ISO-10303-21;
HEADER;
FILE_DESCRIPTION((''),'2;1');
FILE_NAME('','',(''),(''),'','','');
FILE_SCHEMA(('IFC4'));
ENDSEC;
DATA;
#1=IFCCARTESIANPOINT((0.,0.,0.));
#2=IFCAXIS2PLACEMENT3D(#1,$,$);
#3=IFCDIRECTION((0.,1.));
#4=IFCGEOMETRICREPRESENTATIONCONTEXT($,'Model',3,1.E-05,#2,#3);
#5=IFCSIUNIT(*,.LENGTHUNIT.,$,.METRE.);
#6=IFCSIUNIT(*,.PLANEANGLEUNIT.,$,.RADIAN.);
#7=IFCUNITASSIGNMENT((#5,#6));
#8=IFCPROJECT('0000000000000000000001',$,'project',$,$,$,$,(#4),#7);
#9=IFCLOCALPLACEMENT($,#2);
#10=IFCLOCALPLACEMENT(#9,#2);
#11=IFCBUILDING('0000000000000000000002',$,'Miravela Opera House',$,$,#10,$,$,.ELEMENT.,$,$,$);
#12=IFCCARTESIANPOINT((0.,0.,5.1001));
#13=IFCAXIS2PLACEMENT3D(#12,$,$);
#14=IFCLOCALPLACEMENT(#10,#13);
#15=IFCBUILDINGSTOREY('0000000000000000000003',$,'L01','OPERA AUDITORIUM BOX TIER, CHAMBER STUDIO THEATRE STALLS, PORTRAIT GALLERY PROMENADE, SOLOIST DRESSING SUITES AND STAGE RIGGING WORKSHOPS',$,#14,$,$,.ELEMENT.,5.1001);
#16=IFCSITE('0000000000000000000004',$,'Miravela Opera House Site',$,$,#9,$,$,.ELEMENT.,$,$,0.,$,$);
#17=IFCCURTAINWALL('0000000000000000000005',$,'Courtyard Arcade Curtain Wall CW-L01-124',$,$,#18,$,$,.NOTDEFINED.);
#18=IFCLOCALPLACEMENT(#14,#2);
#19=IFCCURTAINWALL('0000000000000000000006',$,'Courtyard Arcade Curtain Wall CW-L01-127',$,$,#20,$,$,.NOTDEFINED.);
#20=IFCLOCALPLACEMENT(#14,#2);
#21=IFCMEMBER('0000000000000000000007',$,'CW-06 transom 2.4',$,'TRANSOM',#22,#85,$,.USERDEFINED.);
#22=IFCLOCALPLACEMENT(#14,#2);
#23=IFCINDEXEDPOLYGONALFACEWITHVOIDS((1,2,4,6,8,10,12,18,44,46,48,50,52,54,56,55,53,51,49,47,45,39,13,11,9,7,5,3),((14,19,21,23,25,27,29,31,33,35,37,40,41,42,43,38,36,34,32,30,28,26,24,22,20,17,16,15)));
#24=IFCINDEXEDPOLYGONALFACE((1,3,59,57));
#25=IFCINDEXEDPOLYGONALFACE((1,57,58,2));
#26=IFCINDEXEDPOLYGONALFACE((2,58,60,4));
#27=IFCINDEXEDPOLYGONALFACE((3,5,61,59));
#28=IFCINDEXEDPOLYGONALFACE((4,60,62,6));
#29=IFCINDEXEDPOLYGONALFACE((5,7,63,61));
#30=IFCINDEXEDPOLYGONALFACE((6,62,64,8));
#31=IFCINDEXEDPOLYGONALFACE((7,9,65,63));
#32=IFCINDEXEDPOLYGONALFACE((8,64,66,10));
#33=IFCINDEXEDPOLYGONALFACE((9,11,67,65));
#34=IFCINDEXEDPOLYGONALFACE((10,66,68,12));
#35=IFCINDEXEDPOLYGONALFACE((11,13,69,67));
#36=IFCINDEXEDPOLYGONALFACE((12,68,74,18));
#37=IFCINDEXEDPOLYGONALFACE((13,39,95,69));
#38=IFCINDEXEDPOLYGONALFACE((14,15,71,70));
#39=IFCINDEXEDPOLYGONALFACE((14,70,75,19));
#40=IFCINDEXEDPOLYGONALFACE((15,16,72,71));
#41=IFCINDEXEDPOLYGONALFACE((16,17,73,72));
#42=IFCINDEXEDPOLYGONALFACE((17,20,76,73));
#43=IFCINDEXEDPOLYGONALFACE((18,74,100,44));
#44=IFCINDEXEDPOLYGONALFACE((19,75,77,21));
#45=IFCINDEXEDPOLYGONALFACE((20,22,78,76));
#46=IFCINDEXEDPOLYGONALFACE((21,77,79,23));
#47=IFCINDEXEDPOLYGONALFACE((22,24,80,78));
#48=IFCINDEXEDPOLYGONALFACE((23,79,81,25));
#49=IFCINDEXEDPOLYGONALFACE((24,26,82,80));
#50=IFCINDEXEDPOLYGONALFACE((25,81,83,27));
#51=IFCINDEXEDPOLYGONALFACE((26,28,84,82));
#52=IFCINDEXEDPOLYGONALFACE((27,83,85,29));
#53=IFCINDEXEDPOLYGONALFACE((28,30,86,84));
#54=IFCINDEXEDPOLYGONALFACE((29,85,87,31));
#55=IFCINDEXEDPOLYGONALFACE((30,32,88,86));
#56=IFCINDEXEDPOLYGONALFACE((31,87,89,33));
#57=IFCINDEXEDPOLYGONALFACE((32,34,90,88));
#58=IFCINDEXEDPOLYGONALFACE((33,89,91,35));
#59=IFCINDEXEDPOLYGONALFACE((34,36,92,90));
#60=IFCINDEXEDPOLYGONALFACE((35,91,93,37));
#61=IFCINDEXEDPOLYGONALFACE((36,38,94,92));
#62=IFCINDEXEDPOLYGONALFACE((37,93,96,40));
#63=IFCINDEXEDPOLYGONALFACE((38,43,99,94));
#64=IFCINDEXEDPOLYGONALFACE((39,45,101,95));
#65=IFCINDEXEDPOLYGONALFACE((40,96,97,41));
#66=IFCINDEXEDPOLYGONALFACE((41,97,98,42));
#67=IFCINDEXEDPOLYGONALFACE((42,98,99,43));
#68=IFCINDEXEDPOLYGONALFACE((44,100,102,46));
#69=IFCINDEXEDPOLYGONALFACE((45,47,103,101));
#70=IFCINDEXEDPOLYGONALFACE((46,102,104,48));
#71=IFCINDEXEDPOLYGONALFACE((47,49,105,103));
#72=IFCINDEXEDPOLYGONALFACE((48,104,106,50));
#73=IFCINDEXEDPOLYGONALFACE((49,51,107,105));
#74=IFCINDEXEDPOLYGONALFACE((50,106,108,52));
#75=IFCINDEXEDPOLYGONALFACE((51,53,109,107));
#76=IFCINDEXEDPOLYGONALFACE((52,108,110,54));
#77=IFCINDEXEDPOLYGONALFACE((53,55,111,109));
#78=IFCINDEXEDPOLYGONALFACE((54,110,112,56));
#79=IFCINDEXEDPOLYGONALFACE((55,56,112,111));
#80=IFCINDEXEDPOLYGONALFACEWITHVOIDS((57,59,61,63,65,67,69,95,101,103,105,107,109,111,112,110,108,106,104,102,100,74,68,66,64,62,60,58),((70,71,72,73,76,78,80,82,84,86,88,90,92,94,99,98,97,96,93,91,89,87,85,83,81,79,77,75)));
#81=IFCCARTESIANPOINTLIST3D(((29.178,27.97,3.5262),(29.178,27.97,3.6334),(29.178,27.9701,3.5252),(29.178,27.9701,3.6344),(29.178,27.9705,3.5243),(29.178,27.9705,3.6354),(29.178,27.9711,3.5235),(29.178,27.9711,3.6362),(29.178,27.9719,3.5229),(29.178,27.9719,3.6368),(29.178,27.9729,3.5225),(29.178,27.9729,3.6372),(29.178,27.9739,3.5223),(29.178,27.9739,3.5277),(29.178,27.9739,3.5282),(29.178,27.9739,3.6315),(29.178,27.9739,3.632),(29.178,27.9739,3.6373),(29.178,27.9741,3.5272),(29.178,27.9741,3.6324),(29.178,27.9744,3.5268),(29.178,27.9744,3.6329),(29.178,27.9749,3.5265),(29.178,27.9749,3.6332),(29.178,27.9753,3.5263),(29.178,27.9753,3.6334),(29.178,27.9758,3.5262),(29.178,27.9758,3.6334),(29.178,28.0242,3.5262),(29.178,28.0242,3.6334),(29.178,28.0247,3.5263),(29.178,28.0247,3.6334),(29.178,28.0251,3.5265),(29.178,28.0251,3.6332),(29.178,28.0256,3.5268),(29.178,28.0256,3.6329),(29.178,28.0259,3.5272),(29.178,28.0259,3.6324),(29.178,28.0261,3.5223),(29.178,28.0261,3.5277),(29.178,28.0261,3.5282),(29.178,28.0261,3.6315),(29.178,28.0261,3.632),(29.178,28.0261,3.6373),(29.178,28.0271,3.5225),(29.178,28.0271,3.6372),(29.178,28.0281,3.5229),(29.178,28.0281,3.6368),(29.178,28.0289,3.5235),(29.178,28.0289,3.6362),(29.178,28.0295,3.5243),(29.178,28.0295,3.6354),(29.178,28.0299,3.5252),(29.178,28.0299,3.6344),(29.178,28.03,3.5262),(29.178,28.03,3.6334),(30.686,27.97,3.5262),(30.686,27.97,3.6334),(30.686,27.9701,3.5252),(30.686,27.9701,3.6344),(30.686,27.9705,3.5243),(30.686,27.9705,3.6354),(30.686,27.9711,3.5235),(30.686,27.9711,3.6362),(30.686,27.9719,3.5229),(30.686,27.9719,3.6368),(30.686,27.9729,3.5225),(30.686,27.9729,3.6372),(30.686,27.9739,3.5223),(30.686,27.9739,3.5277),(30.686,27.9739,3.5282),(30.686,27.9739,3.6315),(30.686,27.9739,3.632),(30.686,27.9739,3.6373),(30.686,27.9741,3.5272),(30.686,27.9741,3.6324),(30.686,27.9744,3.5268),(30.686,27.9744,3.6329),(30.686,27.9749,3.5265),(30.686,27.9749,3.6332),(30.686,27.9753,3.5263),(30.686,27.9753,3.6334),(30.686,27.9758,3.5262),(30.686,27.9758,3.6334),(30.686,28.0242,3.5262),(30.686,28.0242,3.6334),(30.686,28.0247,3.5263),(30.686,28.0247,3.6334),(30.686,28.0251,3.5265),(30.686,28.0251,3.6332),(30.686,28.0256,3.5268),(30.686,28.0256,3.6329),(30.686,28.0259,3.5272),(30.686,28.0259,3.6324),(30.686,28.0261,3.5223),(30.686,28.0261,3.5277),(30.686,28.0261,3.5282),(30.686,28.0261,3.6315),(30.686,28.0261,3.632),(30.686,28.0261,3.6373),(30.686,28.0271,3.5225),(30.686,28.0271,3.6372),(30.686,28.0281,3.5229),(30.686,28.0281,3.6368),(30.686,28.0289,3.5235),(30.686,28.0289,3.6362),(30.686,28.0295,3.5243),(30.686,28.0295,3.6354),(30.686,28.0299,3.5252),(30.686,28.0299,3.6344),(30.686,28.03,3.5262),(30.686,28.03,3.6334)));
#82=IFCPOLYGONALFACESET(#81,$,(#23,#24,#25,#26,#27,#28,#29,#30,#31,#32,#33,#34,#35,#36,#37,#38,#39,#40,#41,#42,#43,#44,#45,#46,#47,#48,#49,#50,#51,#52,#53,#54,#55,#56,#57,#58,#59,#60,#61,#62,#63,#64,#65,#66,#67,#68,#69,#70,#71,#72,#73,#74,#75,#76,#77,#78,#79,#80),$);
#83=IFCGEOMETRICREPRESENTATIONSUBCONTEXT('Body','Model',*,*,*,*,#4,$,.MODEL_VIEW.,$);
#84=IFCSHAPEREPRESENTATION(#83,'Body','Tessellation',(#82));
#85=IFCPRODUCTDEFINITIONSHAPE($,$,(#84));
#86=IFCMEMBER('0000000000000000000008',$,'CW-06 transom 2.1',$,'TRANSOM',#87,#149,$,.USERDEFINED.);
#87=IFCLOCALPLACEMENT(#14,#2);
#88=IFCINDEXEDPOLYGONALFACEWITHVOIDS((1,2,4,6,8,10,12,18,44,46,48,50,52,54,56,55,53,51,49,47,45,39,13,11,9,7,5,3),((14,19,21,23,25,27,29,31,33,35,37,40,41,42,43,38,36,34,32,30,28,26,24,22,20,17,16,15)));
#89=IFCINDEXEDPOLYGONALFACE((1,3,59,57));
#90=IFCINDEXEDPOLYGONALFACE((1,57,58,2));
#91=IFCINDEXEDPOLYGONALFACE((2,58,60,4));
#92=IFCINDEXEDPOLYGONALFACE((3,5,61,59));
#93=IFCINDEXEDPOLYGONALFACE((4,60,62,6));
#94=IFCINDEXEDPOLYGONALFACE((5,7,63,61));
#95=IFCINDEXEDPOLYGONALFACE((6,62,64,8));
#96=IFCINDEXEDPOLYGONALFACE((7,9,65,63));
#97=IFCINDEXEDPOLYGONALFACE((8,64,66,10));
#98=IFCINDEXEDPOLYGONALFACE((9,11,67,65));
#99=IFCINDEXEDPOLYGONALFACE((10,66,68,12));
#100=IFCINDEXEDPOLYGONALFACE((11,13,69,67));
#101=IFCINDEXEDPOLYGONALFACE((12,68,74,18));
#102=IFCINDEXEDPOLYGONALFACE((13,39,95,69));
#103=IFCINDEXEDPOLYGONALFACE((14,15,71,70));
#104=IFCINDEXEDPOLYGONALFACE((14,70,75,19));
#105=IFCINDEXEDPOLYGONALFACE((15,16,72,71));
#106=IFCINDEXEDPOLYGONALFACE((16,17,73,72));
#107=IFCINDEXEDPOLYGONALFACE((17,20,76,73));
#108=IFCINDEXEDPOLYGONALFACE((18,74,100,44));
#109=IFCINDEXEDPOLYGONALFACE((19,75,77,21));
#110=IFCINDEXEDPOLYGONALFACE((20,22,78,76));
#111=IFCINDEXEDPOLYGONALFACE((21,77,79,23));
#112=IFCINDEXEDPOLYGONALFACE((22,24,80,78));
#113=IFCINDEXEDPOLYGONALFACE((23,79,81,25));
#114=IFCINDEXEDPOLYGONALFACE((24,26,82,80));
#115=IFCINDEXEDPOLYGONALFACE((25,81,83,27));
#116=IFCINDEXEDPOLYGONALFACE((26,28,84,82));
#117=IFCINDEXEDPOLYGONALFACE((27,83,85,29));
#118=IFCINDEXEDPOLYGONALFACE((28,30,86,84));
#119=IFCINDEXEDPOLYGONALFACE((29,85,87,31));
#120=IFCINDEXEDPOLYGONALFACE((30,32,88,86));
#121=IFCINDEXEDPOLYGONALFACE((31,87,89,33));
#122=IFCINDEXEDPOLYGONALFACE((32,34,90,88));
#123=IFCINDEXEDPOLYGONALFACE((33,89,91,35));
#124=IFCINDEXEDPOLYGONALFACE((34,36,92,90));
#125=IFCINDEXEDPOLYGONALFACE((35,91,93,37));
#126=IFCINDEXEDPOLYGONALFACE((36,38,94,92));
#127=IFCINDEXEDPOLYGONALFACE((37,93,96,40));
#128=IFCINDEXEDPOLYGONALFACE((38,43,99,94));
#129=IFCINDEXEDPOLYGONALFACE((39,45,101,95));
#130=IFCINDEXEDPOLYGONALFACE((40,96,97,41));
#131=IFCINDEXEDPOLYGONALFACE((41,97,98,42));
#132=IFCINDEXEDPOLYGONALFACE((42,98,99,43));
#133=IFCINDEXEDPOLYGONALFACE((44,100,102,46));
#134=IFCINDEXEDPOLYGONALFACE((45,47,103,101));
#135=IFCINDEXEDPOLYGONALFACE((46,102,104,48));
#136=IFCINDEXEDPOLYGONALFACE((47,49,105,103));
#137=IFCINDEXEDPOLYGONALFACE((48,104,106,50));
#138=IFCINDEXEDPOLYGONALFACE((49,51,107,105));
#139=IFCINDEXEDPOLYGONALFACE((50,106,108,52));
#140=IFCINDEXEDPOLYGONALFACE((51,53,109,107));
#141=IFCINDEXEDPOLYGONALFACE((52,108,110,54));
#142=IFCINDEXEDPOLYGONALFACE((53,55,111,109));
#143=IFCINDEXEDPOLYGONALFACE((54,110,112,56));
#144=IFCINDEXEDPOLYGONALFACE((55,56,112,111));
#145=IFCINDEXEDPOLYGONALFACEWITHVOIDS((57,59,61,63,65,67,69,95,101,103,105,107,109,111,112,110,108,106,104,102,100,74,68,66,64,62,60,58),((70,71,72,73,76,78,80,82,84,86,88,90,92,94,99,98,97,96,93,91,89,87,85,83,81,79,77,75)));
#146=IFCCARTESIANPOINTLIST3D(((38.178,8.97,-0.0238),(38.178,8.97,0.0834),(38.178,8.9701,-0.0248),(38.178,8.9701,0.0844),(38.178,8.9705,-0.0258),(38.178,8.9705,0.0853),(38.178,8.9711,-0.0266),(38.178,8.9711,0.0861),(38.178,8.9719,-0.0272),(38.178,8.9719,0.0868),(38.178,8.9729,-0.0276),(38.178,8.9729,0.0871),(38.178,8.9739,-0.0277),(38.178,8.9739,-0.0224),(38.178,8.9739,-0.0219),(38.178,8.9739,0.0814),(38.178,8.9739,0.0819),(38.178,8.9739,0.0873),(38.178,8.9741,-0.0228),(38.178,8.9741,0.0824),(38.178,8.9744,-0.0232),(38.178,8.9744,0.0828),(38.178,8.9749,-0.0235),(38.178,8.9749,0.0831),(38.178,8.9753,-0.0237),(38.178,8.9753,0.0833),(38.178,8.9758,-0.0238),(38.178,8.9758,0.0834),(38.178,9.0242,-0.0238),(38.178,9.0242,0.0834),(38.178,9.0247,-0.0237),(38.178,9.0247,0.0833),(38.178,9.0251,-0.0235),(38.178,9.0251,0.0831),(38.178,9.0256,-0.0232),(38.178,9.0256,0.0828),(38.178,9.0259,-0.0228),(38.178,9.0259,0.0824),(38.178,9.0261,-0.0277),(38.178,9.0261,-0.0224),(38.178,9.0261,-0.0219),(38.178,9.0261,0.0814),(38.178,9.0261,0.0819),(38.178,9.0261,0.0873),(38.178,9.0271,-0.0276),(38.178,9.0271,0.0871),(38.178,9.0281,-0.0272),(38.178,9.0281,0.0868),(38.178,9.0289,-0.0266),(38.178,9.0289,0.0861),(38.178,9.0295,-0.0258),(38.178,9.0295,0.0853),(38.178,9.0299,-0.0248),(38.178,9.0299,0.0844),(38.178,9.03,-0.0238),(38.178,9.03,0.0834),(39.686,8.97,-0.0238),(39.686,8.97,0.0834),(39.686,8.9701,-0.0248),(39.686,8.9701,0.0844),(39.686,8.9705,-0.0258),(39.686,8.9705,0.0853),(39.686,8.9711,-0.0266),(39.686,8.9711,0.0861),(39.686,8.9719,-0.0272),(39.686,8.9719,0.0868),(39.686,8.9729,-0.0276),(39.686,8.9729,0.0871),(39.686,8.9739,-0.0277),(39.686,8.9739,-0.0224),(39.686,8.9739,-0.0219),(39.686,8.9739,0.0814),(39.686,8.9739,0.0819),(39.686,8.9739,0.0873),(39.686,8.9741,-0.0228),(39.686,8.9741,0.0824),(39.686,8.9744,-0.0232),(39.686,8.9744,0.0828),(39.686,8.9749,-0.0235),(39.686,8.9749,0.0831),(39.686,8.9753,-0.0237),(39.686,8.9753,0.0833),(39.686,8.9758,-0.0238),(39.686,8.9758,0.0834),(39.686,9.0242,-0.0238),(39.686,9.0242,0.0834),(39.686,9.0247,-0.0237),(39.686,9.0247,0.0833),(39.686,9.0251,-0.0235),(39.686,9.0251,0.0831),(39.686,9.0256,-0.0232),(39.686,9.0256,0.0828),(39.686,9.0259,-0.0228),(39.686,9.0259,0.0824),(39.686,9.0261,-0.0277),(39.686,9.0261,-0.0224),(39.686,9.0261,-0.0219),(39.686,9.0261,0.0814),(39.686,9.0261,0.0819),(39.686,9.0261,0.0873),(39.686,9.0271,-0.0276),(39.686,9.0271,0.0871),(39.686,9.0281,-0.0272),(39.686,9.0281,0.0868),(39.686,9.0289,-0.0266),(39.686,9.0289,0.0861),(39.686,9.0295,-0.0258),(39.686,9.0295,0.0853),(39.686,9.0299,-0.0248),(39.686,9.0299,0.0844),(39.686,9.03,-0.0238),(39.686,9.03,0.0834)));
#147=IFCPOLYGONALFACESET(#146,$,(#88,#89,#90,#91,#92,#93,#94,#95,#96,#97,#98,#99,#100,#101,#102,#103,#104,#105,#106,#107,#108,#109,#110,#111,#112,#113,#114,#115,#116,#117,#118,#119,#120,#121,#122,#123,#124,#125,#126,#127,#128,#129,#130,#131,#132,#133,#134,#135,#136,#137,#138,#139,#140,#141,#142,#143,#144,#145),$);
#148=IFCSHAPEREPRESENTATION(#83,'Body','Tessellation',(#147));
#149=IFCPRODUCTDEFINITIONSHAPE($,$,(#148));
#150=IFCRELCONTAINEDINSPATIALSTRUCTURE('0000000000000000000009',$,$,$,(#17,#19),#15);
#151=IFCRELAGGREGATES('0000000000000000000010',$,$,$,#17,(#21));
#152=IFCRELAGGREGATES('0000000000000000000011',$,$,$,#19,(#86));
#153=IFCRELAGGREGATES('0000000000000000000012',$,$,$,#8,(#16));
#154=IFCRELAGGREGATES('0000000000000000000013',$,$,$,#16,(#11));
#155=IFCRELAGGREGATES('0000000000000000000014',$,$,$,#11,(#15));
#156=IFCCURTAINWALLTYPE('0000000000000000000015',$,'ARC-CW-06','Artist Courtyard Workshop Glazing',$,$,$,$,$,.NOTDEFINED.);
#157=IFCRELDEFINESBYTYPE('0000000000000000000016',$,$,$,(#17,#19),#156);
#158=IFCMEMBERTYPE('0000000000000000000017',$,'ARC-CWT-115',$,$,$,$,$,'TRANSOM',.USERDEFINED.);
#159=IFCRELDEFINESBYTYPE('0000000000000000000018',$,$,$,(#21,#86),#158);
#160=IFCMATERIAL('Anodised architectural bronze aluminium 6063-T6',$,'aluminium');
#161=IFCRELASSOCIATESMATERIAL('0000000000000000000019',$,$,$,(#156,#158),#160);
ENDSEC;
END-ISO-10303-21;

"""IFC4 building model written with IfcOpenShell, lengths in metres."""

from ifc_helpers import new_model, si_unit, direction, frame, origin, origin_2d, place, context, subcontext, project, spatial, hollow_rectangle, extrude, material, material_profile, profile_set, type_object, element, aggregate, save


model = new_model("IFC4")

# Units and contexts
model_context = context("Model", 3, precision=1e-05, world=origin(), true_north=direction((0.0, 1.0)))
body_context = subcontext(model_context, "Body", "Model", "MODEL_VIEW")
ifc_project = project(units=[si_unit("LENGTHUNIT", "METRE"), si_unit("PLANEANGLEUNIT", "RADIAN")], contexts=[model_context])

# Site, building, storey
site_placement = place(None, origin())
site = spatial("IfcSite", under=ifc_project, at=site_placement, Name="Miravela Opera House Site", CompositionType="ELEMENT", RefElevation=0.0)
building_placement = place(site_placement, origin())
building = spatial("IfcBuilding", under=site, at=building_placement, Name="Miravela Opera House", CompositionType="ELEMENT")
storey_placement = place(building_placement, frame((0.0, 0.0, 5.1001)))
storey = spatial("IfcBuildingStorey", under=building, at=storey_placement, Name="L01", Description="OPERA AUDITORIUM BOX TIER, CHAMBER STUDIO THEATRE STALLS, PORTRAIT GALLERY PROMENADE, SOLOIST DRESSING SUITES AND STAGE RIGGING WORKSHOPS", CompositionType="ELEMENT", Elevation=5.1001)

# Curtain wall
ifc_material_1 = material(Name="Anodised architectural bronze aluminium 6063-T6", Category="aluminium")
curtain_wall_type = type_object("IfcCurtainWallType", Name="ARC-CW-06", Description="Artist Courtyard Workshop Glazing", PredefinedType="NOTDEFINED", material=ifc_material_1)
curtain_wall_1_placement = place(storey_placement, origin())
curtain_wall_1 = element("IfcCurtainWall", 1, at=curtain_wall_1_placement, inside=storey, type_object=curtain_wall_type, Name="Courtyard Arcade Curtain Wall CW-L01-124", PredefinedType="NOTDEFINED")

# Curtain wall
curtain_wall_2_placement = place(storey_placement, origin())
curtain_wall_2 = element("IfcCurtainWall", 2, at=curtain_wall_2_placement, inside=storey, type_object=curtain_wall_type, Name="Courtyard Arcade Curtain Wall CW-L01-127", PredefinedType="NOTDEFINED")

# Members
ifc_material_profile_1 = material_profile(ifc_material_1, hollow_rectangle(XDim=0.0601, YDim=0.115, WallThickness=0.0039, InnerFilletRadius=0.002, OuterFilletRadius=0.0039, at=origin_2d()), Name="CWT-60X115")
ifc_profile_set_1 = profile_set([ifc_material_profile_1])
member_type_1 = type_object("IfcMemberType", Name="ARC-CWT-115", ElementType="TRANSOM", PredefinedType="USERDEFINED", material=ifc_profile_set_1)
member_1_placement = place(storey_placement, frame((29.178, 28.0, 3.5798), z_axis=(1.0, 0.0, 0.0), x_axis=(0.0, 1.0, 0.0)))
member_1 = element("IfcMember", 3, at=member_1_placement, type_object=member_type_1, Name="CW-06 transom 2.4", ObjectType="TRANSOM", PredefinedType="USERDEFINED", context=body_context, shape_type="SweptSolid", body=[
    extrude(hollow_rectangle(XDim=0.0601, YDim=0.115, WallThickness=0.0039, InnerFilletRadius=0.002, OuterFilletRadius=0.0039, at=origin_2d()), origin(), (0.0, 0.0, 1.0), 1.5081),
])
member_2_placement = place(storey_placement, frame((38.178, 9.0, 0.0298), z_axis=(1.0, 0.0, 0.0), x_axis=(0.0, 1.0, 0.0)))
member_2 = element("IfcMember", 4, at=member_2_placement, type_object=member_type_1, Name="CW-06 transom 2.1", ObjectType="TRANSOM", PredefinedType="USERDEFINED", context=body_context, shape_type="SweptSolid", body=[
    extrude(hollow_rectangle(XDim=0.0601, YDim=0.115, WallThickness=0.0039, InnerFilletRadius=0.002, OuterFilletRadius=0.0039, at=origin_2d()), origin(), (0.0, 0.0, 1.0), 1.5081),
])

aggregate(curtain_wall_1, [member_1])
aggregate(curtain_wall_2, [member_2])

save(model, "model.ifc")
